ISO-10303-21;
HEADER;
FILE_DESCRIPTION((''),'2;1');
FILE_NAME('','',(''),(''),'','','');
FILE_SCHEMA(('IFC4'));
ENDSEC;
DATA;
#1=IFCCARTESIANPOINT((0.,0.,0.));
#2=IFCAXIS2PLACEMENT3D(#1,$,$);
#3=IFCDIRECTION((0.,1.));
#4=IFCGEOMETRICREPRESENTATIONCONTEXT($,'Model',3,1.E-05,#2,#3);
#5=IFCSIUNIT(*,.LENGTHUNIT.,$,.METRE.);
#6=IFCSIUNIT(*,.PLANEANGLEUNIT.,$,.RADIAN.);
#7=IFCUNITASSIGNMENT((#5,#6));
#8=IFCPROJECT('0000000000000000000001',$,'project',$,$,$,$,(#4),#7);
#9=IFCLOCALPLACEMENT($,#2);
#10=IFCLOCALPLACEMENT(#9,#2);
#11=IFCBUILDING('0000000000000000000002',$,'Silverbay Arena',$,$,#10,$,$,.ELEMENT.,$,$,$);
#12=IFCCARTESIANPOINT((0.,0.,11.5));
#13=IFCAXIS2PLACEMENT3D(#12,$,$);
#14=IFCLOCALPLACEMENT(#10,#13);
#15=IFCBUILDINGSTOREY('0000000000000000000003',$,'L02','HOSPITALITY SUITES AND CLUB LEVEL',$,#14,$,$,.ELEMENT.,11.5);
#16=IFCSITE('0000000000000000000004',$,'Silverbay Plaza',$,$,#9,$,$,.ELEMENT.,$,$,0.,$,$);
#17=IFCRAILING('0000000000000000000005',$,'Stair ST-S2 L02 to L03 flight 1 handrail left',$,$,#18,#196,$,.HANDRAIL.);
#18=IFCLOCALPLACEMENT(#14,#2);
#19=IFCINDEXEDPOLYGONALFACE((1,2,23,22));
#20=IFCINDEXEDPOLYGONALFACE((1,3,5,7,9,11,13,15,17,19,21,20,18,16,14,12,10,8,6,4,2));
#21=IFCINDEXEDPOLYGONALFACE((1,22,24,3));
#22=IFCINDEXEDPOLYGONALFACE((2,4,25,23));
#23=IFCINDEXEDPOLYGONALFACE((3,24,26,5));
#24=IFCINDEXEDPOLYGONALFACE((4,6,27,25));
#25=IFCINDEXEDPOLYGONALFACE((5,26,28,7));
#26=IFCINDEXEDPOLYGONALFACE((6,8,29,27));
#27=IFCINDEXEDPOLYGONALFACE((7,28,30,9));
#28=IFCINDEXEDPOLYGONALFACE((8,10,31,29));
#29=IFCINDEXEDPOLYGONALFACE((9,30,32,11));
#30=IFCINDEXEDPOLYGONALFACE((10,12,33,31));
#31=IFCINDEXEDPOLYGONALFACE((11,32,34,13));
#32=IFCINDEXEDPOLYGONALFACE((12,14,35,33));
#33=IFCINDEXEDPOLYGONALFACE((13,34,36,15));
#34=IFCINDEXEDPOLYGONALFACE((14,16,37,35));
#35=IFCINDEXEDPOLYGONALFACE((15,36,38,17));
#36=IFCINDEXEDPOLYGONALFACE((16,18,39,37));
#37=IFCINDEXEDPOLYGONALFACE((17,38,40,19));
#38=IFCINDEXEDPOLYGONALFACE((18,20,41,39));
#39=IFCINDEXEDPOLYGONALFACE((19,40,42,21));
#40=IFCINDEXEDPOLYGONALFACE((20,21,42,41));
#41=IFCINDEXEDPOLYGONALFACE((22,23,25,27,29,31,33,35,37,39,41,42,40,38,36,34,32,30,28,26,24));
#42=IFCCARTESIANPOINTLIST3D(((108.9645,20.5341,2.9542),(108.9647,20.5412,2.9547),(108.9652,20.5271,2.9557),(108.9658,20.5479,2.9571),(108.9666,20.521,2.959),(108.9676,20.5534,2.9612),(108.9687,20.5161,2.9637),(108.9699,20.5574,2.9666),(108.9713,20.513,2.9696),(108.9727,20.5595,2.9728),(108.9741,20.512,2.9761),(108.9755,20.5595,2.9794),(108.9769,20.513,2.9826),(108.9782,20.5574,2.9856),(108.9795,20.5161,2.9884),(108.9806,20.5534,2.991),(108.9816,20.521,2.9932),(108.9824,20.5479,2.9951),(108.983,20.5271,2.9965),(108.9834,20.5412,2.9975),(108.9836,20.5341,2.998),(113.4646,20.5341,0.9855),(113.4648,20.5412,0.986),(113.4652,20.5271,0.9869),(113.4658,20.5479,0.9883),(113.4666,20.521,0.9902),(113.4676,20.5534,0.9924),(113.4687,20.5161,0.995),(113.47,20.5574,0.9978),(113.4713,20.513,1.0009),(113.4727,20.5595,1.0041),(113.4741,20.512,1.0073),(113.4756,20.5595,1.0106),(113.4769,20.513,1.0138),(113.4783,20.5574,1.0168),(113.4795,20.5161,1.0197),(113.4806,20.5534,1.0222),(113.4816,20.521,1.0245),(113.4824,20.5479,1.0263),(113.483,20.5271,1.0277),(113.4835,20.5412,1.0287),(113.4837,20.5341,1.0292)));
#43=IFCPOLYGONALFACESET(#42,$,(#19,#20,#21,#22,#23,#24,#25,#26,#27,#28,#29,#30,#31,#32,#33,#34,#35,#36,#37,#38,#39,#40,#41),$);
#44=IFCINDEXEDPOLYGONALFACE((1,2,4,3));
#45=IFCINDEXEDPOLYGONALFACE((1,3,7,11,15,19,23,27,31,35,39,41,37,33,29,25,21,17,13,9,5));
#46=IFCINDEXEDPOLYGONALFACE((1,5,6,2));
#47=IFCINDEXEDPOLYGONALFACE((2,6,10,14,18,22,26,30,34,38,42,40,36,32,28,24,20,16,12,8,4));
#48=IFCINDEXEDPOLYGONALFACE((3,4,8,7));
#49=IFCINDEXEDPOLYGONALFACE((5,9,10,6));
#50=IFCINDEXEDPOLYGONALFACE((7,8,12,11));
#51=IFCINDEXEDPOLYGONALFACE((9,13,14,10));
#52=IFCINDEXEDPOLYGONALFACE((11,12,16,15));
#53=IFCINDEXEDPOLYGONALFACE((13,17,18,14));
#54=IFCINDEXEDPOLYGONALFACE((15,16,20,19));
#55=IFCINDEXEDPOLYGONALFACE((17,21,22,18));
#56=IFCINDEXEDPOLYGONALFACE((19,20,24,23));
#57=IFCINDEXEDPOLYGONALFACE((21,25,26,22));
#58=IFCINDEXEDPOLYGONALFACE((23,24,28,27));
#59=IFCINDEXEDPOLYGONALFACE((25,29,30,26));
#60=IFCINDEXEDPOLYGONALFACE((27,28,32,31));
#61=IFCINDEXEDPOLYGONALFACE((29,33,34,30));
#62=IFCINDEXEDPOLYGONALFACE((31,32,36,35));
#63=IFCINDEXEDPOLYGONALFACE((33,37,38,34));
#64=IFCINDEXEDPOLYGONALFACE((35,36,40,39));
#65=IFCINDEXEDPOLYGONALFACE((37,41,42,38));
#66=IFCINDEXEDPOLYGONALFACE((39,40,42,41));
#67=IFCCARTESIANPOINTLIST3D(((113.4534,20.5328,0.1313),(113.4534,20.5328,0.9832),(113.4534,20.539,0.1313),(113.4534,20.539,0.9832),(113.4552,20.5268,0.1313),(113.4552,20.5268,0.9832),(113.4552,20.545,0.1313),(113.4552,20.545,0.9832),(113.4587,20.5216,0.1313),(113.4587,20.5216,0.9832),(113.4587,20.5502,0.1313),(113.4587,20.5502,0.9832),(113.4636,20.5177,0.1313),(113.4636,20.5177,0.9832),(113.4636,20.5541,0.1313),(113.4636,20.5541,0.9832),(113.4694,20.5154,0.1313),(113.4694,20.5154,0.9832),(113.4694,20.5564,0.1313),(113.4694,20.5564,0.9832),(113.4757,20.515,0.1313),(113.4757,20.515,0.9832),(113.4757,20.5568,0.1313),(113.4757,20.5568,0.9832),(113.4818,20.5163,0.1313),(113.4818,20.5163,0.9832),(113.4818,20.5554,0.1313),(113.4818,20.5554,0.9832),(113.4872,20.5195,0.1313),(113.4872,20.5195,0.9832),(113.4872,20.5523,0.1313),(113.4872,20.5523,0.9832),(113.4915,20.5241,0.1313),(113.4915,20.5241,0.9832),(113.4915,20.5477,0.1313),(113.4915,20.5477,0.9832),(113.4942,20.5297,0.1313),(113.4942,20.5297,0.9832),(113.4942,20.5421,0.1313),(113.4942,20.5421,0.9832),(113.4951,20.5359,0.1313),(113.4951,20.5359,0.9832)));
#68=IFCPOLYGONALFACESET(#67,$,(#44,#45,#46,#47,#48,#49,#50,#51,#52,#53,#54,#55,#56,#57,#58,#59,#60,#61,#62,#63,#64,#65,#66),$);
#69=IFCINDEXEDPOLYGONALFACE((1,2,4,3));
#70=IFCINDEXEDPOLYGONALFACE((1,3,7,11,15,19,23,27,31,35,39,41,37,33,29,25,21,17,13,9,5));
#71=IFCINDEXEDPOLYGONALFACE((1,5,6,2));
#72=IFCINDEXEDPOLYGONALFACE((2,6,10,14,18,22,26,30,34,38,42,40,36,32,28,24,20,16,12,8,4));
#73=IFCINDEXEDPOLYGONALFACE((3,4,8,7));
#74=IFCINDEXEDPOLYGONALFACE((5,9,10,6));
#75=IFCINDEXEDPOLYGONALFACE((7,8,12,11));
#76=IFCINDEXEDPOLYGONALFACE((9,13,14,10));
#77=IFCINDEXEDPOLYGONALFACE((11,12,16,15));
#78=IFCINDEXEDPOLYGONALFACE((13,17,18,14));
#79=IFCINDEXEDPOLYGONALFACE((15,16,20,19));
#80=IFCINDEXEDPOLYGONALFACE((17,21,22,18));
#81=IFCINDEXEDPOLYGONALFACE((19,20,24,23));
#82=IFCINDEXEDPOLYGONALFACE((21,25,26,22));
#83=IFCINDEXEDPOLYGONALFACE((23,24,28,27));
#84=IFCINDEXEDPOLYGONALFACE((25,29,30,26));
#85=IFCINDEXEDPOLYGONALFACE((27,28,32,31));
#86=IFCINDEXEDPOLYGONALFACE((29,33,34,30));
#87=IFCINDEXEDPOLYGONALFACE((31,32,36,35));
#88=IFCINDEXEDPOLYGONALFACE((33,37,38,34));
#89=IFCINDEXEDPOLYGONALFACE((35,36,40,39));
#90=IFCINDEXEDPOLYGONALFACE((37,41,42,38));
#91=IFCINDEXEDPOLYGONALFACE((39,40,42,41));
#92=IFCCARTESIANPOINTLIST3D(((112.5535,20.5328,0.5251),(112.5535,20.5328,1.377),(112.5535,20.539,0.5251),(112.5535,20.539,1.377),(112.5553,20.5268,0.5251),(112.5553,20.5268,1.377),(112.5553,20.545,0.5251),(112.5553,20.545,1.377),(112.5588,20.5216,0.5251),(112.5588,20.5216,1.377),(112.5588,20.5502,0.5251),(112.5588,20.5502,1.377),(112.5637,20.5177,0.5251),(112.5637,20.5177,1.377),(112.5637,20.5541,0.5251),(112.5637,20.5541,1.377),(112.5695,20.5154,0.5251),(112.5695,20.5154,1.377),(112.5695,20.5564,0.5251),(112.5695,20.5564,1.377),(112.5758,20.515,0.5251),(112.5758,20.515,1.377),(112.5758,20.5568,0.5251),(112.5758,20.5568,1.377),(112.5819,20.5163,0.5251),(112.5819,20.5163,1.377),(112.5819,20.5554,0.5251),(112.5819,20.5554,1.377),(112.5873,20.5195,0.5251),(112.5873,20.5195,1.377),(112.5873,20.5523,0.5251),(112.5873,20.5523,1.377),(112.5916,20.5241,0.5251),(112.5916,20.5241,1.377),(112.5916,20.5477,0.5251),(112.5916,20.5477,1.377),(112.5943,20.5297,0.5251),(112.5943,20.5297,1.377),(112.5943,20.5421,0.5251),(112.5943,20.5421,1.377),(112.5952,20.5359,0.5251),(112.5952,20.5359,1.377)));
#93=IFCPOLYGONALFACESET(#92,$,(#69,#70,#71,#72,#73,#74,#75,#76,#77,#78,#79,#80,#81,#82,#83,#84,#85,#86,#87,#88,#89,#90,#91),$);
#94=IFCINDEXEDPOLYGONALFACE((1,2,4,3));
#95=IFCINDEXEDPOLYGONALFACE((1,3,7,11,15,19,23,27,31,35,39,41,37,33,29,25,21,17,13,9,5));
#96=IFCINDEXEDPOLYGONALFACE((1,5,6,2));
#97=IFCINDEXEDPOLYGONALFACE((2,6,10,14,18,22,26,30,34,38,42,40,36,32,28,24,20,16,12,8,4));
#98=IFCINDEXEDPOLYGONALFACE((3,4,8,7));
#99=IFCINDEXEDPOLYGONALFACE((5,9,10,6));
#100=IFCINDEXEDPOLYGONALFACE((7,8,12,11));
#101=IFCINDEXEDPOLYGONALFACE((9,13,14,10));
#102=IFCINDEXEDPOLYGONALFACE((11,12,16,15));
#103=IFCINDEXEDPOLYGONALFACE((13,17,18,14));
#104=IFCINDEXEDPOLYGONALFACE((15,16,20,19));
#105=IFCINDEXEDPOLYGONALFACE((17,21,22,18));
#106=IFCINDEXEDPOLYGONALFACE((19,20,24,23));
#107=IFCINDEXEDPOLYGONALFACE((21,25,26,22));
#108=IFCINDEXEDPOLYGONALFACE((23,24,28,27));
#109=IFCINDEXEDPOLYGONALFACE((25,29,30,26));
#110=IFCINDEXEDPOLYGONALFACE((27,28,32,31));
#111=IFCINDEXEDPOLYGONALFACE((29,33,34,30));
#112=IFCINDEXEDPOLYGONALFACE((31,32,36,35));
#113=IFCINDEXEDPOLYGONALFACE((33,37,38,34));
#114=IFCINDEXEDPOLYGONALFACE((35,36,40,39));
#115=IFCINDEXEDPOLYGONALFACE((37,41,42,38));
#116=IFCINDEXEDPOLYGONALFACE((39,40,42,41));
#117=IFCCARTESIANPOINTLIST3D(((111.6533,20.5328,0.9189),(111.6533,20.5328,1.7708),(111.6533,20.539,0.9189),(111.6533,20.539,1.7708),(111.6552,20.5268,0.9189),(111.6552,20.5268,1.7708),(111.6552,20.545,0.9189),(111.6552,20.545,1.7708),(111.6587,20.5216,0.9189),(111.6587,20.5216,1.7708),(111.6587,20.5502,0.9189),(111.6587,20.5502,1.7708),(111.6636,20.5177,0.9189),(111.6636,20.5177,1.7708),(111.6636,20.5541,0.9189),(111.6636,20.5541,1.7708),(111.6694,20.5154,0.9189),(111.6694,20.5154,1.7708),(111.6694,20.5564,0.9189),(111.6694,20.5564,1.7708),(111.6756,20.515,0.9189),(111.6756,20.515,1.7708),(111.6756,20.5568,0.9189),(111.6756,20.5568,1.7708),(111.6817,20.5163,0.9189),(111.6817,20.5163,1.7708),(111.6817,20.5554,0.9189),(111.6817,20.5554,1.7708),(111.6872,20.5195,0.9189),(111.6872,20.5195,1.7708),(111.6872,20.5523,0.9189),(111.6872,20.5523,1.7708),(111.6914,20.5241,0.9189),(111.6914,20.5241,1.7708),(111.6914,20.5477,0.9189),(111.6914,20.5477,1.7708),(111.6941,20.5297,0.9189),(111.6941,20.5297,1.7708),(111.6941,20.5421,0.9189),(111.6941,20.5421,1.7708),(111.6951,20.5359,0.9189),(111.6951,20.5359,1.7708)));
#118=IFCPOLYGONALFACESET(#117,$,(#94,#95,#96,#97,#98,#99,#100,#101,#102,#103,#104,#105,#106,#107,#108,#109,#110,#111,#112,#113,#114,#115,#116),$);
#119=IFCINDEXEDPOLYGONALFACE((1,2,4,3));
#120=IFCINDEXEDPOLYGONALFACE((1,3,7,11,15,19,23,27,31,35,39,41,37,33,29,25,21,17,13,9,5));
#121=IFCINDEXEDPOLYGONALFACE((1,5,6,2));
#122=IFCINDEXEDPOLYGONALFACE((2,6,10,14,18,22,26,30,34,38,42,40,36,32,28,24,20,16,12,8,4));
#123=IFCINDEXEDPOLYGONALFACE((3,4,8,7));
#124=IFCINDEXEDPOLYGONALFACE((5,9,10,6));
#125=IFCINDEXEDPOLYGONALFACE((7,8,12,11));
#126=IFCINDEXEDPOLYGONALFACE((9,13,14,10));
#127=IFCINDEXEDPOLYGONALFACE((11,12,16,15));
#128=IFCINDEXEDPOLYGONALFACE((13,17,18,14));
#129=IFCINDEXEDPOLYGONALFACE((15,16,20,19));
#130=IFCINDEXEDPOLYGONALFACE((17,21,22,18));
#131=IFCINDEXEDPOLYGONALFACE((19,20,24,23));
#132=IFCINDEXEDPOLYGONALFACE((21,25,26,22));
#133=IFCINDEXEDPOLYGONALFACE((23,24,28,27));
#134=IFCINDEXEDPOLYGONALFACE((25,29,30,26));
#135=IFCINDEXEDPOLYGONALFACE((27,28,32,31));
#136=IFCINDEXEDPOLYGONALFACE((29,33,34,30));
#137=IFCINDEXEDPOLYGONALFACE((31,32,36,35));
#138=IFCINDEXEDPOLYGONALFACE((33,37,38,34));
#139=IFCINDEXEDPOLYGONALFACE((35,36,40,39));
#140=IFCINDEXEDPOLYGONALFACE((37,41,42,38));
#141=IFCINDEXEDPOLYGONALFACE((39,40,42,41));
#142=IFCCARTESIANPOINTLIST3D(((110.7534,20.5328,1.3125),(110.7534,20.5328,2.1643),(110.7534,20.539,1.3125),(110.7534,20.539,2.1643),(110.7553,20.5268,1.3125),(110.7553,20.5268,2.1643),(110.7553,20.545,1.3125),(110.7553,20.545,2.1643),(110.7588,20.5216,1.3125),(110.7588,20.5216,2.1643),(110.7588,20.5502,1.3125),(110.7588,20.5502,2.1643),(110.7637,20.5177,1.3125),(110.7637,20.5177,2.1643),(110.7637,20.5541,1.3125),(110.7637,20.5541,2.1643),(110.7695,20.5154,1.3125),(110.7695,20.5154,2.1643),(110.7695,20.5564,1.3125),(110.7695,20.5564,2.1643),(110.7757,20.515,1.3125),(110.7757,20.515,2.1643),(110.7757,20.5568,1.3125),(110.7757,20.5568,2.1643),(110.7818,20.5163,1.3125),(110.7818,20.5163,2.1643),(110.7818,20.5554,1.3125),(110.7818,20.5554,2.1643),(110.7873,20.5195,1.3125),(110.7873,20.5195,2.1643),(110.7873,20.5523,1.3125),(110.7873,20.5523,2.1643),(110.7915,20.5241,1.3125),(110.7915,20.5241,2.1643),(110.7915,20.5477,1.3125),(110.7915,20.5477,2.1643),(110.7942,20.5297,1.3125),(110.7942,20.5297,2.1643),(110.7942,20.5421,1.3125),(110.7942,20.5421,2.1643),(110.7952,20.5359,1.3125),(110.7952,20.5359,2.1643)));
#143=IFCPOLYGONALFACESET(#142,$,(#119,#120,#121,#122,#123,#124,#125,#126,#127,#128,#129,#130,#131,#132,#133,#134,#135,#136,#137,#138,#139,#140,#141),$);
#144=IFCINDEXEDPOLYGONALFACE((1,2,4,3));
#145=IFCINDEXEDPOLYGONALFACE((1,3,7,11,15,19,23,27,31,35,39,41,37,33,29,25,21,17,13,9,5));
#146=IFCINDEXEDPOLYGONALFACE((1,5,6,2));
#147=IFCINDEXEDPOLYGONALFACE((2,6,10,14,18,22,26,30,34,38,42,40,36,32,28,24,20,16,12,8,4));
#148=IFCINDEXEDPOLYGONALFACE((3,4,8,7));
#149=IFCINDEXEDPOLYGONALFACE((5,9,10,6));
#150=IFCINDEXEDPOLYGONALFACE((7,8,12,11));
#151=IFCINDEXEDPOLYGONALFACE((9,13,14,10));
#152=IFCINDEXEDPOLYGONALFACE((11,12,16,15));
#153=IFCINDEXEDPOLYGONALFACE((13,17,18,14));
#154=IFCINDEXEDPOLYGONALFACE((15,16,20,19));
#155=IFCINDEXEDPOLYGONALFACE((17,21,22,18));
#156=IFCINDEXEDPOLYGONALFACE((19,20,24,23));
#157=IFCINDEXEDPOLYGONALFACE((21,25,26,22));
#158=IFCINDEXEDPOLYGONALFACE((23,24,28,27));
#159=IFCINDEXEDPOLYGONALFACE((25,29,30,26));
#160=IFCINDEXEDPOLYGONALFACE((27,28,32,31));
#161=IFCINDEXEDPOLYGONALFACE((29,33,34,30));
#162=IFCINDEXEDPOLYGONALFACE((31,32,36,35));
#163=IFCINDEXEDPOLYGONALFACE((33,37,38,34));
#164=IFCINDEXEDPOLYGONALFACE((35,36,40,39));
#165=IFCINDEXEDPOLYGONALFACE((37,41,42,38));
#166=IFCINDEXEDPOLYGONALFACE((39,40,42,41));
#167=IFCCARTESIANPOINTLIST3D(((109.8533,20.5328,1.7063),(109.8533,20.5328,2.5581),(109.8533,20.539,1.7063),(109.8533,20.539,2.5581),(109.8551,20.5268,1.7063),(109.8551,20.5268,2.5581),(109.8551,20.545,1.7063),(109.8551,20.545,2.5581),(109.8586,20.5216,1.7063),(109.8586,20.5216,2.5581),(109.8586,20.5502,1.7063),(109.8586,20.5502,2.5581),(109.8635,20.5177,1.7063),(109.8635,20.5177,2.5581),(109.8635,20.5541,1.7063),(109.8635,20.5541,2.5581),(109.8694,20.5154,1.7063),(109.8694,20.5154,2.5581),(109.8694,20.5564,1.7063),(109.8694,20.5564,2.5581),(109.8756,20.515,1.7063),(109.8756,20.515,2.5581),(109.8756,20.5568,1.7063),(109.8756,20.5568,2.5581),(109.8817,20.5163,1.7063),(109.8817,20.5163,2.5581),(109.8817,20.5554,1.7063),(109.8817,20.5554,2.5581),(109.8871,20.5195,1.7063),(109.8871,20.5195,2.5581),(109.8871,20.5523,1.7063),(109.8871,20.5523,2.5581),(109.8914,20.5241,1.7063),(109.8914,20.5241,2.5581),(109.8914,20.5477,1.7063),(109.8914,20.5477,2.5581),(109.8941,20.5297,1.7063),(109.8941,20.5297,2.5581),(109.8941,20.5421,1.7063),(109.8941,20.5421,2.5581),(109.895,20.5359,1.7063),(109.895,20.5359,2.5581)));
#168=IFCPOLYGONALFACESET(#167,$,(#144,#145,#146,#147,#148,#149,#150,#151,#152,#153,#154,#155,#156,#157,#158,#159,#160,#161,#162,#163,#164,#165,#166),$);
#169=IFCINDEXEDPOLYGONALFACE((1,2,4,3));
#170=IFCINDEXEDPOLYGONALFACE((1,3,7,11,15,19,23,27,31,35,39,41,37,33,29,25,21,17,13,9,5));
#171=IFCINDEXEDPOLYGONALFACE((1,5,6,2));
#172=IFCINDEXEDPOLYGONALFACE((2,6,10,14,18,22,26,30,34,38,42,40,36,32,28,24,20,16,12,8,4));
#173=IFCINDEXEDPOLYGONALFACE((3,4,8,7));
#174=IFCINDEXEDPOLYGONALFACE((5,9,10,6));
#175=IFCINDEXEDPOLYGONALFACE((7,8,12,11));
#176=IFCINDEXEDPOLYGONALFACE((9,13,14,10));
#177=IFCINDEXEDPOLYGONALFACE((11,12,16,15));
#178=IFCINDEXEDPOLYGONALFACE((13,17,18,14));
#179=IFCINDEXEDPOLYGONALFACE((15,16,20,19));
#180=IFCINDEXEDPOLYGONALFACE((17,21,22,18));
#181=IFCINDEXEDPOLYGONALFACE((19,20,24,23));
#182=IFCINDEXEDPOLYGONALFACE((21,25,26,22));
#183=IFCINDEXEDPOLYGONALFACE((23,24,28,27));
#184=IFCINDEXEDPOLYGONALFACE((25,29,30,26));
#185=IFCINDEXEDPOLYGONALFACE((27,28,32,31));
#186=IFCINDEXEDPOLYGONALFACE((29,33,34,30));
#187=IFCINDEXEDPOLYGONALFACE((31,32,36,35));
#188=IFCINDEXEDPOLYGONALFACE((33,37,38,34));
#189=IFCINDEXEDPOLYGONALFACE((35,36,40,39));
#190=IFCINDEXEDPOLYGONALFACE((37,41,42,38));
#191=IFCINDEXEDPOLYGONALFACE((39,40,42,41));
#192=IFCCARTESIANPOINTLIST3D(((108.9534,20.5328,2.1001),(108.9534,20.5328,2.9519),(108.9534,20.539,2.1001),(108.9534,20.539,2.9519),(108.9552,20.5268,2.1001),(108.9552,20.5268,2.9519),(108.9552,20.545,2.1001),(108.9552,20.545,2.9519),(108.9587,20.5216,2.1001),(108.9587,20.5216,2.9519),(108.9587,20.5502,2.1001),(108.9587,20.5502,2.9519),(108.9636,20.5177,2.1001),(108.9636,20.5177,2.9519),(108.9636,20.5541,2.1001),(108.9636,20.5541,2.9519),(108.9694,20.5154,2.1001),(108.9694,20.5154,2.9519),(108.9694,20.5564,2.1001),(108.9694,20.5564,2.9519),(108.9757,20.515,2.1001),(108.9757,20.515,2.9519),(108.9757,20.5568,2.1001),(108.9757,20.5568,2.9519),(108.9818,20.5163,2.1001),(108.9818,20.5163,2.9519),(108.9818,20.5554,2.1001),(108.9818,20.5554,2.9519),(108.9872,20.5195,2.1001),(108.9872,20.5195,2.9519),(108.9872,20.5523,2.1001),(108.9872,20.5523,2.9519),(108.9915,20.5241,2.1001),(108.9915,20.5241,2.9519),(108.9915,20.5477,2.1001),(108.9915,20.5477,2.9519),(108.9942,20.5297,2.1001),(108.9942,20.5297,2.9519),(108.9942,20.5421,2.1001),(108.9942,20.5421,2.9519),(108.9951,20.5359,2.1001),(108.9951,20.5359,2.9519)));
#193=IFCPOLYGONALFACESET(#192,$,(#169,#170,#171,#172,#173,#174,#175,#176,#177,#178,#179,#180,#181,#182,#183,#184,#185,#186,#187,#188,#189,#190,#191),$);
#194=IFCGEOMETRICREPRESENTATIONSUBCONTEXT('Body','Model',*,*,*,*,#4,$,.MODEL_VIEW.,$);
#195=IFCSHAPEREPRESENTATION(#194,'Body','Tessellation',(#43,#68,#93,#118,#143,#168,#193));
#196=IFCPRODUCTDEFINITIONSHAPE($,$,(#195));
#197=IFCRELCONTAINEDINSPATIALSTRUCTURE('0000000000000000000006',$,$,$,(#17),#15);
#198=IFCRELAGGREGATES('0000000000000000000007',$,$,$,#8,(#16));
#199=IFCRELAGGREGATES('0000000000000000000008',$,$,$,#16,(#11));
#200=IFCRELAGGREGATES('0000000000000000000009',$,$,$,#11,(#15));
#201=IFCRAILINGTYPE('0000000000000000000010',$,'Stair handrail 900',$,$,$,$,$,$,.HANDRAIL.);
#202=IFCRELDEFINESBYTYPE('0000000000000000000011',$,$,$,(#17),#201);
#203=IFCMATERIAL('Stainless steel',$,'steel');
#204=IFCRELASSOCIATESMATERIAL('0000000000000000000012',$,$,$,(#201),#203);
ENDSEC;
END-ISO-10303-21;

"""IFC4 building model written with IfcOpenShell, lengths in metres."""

from ifc_helpers import new_model, si_unit, direction, frame, origin, origin_2d, place, context, subcontext, project, spatial, circle, extrude, material, type_object, element, save


model = new_model("IFC4")

# Units and contexts
model_context = context("Model", 3, precision=1e-05, world=origin(), true_north=direction((0.0, 1.0)))
body_context = subcontext(model_context, "Body", "Model", "MODEL_VIEW")
ifc_project = project(units=[si_unit("LENGTHUNIT", "METRE"), si_unit("PLANEANGLEUNIT", "RADIAN")], contexts=[model_context])

# Site, building, storey
site_placement = place(None, origin())
site = spatial("IfcSite", under=ifc_project, at=site_placement, Name="Silverbay Plaza", CompositionType="ELEMENT", RefElevation=0.0)
building_placement = place(site_placement, origin())
building = spatial("IfcBuilding", under=site, at=building_placement, Name="Silverbay Arena", CompositionType="ELEMENT")
storey_placement = place(building_placement, frame((0.0, 0.0, 11.5)))
storey = spatial("IfcBuildingStorey", under=building, at=storey_placement, Name="L02", Description="HOSPITALITY SUITES AND CLUB LEVEL", CompositionType="ELEMENT", Elevation=11.5)

# Railing
ifc_material_1 = material(Name="Stainless steel", Category="steel")
railing_type_1 = type_object("IfcRailingType", Name="Stair handrail 900", PredefinedType="HANDRAIL", material=ifc_material_1)
railing_1_placement = place(storey_placement, frame((113.4741, 20.5359, 0.1313)))
element("IfcRailing", 1, at=railing_1_placement, inside=storey, type_object=railing_type_1, Name="Stair ST-S2 L02 to L03 flight 1 handrail left", PredefinedType="HANDRAIL", context=body_context, shape_type="SweptSolid", body=[
    extrude(circle(Radius=0.0239, at=origin_2d()), frame((0.0, 0.0, 0.876), z_axis=(-0.916157, 0.0, 0.400819), x_axis=(0.0, -1.0, 0.0)), (0.0, 0.0, 1.0), 4.9119),
    extrude(circle(Radius=0.021, at=origin_2d()), origin(), (0.0, 0.0, 1.0), 0.8518),
    extrude(circle(Radius=0.021, at=origin_2d()), frame((-0.8999, 0.0, 0.3938)), (0.0, 0.0, 1.0), 0.8518),
    extrude(circle(Radius=0.021, at=origin_2d()), frame((-1.8, 0.0, 0.7876)), (0.0, 0.0, 1.0), 0.8518),
    extrude(circle(Radius=0.021, at=origin_2d()), frame((-2.7, 0.0, 1.1812)), (0.0, 0.0, 1.0), 0.8518),
    extrude(circle(Radius=0.021, at=origin_2d()), frame((-3.6001, 0.0, 1.575)), (0.0, 0.0, 1.0), 0.8518),
    extrude(circle(Radius=0.021, at=origin_2d()), frame((-4.5, 0.0, 1.9688)), (0.0, 0.0, 1.0), 0.8518),
])

save(model, "model.ifc")
